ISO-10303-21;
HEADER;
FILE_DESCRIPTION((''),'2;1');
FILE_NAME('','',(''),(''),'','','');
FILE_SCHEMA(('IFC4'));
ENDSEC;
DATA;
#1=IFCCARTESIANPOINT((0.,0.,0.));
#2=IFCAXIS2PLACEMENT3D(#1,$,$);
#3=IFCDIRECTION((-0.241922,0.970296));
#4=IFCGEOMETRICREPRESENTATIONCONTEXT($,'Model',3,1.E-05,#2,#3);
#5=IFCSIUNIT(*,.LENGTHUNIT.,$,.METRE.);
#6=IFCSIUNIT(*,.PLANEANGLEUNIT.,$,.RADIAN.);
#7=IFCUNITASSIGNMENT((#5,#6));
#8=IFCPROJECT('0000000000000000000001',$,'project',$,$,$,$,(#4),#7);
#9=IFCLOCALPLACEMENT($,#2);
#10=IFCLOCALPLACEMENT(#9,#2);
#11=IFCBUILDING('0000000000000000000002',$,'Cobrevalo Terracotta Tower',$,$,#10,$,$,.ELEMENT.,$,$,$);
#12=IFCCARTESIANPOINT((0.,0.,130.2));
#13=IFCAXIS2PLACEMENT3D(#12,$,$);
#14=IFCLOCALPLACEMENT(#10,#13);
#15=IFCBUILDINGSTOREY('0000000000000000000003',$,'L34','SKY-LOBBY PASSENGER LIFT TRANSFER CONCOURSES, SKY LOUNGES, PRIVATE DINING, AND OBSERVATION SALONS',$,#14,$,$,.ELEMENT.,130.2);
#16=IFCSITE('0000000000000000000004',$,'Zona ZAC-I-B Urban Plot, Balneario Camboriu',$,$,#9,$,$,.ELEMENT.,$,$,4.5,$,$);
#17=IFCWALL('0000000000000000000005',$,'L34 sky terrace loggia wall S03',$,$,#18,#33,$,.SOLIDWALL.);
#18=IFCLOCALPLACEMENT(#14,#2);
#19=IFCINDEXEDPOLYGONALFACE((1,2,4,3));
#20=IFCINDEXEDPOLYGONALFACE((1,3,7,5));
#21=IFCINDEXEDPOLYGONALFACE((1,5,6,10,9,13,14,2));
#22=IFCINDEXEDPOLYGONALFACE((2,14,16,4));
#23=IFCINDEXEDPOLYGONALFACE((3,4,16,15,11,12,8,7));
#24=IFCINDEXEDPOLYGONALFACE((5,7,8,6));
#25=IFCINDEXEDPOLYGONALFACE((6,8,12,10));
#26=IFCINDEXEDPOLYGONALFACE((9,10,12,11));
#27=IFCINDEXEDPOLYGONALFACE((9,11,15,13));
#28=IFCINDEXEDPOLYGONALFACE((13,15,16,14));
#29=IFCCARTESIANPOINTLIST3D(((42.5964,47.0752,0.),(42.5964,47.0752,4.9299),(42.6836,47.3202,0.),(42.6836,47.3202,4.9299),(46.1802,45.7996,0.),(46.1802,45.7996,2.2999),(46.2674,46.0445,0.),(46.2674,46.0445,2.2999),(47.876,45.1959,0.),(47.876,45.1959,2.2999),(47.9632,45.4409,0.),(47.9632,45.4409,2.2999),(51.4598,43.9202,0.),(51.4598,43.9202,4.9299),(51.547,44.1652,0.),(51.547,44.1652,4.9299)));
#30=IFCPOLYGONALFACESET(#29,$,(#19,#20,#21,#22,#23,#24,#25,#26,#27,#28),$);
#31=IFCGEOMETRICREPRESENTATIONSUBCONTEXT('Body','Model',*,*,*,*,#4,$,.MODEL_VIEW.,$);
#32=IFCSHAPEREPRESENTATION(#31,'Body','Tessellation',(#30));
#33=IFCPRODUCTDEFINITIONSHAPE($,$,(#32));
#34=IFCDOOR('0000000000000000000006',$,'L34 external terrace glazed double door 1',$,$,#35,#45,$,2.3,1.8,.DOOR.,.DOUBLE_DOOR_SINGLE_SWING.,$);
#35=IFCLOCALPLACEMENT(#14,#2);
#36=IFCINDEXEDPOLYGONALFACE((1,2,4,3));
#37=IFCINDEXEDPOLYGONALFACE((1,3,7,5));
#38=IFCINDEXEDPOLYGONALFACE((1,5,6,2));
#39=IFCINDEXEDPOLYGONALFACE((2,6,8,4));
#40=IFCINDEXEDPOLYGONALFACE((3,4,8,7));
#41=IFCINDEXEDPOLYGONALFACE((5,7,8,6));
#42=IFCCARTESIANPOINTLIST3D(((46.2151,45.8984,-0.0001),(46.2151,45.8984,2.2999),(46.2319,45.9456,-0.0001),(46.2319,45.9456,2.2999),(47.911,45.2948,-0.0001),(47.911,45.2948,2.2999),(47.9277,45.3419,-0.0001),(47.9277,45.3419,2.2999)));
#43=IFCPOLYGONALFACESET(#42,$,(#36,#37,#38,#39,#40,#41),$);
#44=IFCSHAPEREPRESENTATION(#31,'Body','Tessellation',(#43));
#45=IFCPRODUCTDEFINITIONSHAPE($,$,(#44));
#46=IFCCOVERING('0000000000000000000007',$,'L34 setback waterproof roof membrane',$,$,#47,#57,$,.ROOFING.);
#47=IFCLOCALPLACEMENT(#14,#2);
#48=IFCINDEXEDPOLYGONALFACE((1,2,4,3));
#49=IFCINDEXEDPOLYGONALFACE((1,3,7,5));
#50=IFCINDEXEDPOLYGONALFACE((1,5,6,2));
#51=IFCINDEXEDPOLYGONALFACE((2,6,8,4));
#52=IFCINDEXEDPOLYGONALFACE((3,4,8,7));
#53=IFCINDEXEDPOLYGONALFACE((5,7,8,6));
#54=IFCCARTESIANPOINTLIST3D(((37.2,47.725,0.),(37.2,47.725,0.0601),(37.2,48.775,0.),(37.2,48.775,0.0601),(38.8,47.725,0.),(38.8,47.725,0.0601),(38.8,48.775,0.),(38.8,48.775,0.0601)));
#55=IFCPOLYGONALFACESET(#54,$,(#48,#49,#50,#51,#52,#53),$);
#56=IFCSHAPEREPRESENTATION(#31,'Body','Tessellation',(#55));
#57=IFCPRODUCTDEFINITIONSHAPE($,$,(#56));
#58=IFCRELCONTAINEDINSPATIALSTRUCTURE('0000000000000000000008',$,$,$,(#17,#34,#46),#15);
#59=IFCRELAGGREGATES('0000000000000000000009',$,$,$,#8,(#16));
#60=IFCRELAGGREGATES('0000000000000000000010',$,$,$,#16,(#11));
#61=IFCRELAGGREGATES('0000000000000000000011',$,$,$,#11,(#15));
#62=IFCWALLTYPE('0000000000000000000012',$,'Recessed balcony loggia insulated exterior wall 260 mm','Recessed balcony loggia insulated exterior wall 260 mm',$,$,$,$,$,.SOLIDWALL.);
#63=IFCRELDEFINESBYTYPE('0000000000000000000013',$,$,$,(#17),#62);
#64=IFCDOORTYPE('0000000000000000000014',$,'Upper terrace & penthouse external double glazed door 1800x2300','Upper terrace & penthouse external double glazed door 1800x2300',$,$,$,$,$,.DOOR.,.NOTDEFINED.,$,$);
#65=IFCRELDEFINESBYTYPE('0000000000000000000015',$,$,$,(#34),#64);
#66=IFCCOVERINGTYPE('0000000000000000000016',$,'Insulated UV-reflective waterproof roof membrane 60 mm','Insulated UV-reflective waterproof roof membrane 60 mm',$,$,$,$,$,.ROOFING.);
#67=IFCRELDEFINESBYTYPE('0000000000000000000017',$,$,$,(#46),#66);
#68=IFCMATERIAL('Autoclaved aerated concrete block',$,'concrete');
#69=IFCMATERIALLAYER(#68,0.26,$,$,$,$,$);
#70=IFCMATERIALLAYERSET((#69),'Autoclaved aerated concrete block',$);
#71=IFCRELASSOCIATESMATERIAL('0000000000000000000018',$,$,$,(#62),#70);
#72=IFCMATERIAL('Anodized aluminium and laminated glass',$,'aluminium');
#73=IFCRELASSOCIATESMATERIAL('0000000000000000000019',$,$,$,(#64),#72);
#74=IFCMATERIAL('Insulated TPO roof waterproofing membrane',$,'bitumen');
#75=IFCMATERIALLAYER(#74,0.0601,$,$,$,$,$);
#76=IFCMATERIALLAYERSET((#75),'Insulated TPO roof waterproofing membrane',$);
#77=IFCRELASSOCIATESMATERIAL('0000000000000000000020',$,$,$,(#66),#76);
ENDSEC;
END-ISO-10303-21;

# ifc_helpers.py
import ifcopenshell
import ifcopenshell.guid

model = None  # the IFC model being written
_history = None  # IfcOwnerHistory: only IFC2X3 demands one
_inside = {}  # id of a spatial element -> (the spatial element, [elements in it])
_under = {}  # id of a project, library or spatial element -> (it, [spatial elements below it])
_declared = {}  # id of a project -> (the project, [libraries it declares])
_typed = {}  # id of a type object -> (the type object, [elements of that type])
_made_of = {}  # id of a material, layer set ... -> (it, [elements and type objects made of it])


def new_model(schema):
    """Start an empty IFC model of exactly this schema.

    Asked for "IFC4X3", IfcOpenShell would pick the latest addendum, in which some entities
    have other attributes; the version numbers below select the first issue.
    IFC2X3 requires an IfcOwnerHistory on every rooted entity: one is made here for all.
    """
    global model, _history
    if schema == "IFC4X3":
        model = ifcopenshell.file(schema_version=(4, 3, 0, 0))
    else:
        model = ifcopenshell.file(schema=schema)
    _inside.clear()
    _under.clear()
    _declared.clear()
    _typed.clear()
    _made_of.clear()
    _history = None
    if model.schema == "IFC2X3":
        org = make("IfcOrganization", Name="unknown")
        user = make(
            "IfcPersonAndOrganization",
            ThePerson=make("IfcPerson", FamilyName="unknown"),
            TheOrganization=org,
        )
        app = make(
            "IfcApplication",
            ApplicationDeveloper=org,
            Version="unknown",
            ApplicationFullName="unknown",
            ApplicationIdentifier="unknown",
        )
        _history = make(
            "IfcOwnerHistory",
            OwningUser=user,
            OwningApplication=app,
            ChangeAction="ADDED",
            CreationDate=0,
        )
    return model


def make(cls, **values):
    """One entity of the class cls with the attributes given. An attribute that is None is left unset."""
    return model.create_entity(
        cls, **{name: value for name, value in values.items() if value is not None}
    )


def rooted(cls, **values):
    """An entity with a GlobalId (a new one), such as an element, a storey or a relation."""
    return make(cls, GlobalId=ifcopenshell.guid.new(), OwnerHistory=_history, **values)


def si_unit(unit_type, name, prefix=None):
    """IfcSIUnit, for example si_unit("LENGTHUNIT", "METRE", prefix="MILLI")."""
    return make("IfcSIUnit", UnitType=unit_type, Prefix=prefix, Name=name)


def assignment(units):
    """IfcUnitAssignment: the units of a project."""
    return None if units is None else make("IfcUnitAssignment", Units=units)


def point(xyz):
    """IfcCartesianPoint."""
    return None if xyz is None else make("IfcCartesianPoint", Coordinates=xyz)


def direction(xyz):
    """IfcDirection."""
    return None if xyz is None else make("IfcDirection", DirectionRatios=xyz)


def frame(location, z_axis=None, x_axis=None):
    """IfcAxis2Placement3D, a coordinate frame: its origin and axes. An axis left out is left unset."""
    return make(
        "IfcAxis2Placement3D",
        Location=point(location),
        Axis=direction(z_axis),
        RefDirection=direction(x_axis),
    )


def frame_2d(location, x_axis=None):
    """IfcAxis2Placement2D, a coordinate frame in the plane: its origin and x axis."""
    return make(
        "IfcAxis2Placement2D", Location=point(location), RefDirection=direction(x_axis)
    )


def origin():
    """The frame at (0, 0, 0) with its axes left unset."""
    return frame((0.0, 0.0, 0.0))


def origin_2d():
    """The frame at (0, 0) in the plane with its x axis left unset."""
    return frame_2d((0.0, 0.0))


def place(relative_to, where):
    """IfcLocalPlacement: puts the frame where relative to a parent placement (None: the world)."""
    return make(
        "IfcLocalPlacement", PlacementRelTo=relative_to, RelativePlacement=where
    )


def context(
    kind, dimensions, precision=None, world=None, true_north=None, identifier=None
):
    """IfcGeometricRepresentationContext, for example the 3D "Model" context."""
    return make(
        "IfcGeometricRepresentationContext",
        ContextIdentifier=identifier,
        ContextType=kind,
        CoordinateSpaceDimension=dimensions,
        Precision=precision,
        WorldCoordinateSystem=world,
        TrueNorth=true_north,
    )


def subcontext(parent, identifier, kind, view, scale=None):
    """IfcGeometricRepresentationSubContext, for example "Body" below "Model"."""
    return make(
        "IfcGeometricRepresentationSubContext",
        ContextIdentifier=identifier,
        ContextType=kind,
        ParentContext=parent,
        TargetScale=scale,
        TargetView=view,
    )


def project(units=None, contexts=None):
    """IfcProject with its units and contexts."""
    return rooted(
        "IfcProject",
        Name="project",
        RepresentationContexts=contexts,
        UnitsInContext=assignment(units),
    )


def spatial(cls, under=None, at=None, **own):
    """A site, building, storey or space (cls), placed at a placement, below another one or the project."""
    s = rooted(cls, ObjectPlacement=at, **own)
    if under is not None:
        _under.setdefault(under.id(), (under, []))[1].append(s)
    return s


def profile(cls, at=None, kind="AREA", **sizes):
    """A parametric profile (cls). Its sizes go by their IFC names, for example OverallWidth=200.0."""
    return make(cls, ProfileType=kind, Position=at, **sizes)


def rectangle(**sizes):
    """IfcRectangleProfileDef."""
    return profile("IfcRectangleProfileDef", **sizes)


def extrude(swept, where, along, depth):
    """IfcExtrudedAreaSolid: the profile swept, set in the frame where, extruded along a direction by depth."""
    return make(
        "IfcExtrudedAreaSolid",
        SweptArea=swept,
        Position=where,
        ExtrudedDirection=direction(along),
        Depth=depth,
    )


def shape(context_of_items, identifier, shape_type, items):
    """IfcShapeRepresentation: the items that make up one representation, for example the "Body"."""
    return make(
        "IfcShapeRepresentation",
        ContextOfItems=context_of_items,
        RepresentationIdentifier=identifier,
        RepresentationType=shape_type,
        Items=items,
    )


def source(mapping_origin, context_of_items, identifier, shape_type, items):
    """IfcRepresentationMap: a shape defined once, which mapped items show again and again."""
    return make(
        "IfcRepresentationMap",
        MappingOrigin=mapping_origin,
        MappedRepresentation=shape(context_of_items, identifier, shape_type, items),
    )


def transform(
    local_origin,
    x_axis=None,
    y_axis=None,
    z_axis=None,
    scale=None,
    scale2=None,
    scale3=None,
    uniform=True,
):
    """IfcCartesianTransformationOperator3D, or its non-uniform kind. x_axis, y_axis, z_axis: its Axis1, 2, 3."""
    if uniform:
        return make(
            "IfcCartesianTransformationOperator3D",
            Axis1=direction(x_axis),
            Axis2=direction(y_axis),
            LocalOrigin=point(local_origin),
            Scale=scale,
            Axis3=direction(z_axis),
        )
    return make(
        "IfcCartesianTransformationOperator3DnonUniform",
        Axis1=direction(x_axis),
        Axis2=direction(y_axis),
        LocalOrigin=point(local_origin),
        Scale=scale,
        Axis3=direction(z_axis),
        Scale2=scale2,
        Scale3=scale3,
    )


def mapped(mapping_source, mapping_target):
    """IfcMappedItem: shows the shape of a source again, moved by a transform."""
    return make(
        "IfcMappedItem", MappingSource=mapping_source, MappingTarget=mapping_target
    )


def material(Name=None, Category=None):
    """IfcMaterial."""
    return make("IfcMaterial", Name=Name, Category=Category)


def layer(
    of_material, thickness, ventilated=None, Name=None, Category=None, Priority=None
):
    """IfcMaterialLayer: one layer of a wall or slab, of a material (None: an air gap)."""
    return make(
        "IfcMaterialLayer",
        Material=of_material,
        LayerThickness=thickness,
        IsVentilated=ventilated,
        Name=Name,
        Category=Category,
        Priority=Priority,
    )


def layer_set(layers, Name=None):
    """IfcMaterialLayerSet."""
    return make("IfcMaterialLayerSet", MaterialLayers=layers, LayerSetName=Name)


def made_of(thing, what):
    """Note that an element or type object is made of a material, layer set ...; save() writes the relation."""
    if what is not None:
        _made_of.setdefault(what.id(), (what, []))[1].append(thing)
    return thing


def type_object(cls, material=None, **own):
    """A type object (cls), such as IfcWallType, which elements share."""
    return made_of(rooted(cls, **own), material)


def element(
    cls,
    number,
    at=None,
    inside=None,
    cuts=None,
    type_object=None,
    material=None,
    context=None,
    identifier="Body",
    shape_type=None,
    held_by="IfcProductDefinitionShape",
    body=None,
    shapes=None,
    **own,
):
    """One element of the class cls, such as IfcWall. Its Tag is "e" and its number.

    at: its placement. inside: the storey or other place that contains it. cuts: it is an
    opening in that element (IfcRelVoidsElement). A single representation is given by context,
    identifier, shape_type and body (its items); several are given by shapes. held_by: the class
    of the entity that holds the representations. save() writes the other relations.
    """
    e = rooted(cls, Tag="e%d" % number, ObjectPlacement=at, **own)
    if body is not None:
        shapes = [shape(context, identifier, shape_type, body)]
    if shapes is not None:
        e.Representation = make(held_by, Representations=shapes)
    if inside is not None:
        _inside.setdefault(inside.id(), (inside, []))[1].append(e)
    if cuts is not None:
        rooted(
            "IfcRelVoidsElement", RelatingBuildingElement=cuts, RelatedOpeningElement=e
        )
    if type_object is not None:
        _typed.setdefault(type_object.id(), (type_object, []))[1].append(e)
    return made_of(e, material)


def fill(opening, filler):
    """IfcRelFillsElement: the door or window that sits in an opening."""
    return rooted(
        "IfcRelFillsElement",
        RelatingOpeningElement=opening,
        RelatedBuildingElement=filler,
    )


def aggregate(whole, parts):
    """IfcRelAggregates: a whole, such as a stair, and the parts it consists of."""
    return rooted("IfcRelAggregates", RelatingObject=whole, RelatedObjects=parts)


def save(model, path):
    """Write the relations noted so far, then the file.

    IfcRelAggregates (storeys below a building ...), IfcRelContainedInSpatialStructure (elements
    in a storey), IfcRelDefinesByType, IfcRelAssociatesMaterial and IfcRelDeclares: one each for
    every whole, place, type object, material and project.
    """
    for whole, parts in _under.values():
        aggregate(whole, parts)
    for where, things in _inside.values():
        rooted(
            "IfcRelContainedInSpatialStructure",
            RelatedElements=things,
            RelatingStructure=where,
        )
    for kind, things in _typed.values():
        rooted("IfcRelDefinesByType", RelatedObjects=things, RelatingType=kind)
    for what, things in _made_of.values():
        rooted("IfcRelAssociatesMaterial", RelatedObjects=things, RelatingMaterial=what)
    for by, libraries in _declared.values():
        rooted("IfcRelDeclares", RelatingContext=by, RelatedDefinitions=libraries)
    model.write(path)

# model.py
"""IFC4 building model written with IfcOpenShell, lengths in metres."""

from ifc_helpers import new_model, si_unit, direction, frame, frame_2d, origin, origin_2d, place, context, subcontext, project, spatial, rectangle, extrude, source, transform, mapped, material, layer, layer_set, type_object, element, fill, save


model = new_model("IFC4")

# Units and contexts
model_context = context("Model", 3, precision=1e-05, world=origin(), true_north=direction((-0.241922, 0.970296)))
body_context = subcontext(model_context, "Body", "Model", "MODEL_VIEW")
ifc_project = project(units=[si_unit("LENGTHUNIT", "METRE"), si_unit("PLANEANGLEUNIT", "RADIAN")], contexts=[model_context])

# Site, building, storey
site_placement = place(None, origin())
site = spatial("IfcSite", under=ifc_project, at=site_placement, Name="Zona ZAC-I-B Urban Plot, Balneario Camboriu", CompositionType="ELEMENT", RefElevation=4.5)
building_placement = place(site_placement, origin())
building = spatial("IfcBuilding", under=site, at=building_placement, Name="Cobrevalo Terracotta Tower", CompositionType="ELEMENT")
storey_placement = place(building_placement, frame((0.0, 0.0, 130.2)))
storey = spatial("IfcBuildingStorey", under=building, at=storey_placement, Name="L34", Description="SKY-LOBBY PASSENGER LIFT TRANSFER CONCOURSES, SKY LOUNGES, PRIVATE DINING, AND OBSERVATION SALONS", CompositionType="ELEMENT", Elevation=130.2)

# Wall, opening, door
ifc_material_1 = material(Name="Autoclaved aerated concrete block", Category="concrete")
ifc_layer_1 = layer(ifc_material_1, 0.26)
ifc_layer_set_1 = layer_set([ifc_layer_1], Name="Autoclaved aerated concrete block")
wall_type = type_object("IfcWallType", Name="Recessed balcony loggia insulated exterior wall 260 mm", Description="Recessed balcony loggia insulated exterior wall 260 mm", PredefinedType="SOLIDWALL", material=ifc_layer_set_1)
wall_placement = place(storey_placement, frame((51.5034, 44.0427, 0.0), z_axis=(0.0, 0.0, 1.0), x_axis=(-0.942095, 0.335345, 0.0)))
wall = element("IfcWall", 1, at=wall_placement, inside=storey, type_object=wall_type, Name="L34 sky terrace loggia wall S03", PredefinedType="SOLIDWALL", context=body_context, shape_type="SweptSolid", body=[
    extrude(rectangle(XDim=9.4082, YDim=0.26, at=frame_2d((4.7041, 0.0))), origin(), (0.0, 0.0, 1.0), 4.9299),
])
opening_placement = place(wall_placement, frame((3.8042, 0.0, 0.0)))
opening = element("IfcOpeningElement", 2, at=opening_placement, cuts=wall, PredefinedType="OPENING", context=body_context, shape_type="SweptSolid", body=[
    extrude(rectangle(XDim=1.8, YDim=2.3, at=frame_2d((0.8999, 1.1499))), frame((0.0, 0.1401, 0.0), z_axis=(0.0, -1.0, 0.0), x_axis=(1.0, 0.0, 0.0)), (0.0, 0.0, 1.0), 0.28),
])
ifc_material_2 = material(Name="Anodized aluminium and laminated glass", Category="aluminium")
door_type = type_object("IfcDoorType", Name="Upper terrace & penthouse external double glazed door 1800x2300", Description="Upper terrace & penthouse external double glazed door 1800x2300", OperationType="NOTDEFINED", PredefinedType="DOOR", material=ifc_material_2)
shared_shape_1 = source(origin(), body_context, "Body", "SweptSolid", [
    extrude(rectangle(XDim=1.8, YDim=2.3, at=frame_2d((0.8999, 1.1499))), frame((0.0, 0.0249, 0.0), z_axis=(0.0, -1.0, 0.0), x_axis=(1.0, 0.0, 0.0)), (0.0, 0.0, 1.0), 0.05),
])
door_placement = place(opening_placement, frame((1.8, 0.0, 0.0), z_axis=(0.0, 0.0, 1.0), x_axis=(-1.0, 0.0, 0.0)))
door = element("IfcDoor", 3, at=door_placement, inside=storey, type_object=door_type, Name="L34 external terrace glazed double door 1", OperationType="DOUBLE_DOOR_SINGLE_SWING", OverallHeight=2.3, OverallWidth=1.8, PredefinedType="DOOR", context=body_context, shape_type="MappedRepresentation", body=[
    mapped(shared_shape_1, transform((0.0, 0.0, 0.0), scale=1.0)),
])
fill(opening, door)

# Covering
ifc_material_3 = material(Name="Insulated TPO roof waterproofing membrane", Category="bitumen")
ifc_layer_2 = layer(ifc_material_3, 0.0601)
ifc_layer_set_2 = layer_set([ifc_layer_2], Name="Insulated TPO roof waterproofing membrane")
covering_type = type_object("IfcCoveringType", Name="Insulated UV-reflective waterproof roof membrane 60 mm", Description="Insulated UV-reflective waterproof roof membrane 60 mm", PredefinedType="ROOFING", material=ifc_layer_set_2)
shared_shape_2 = source(origin(), body_context, "Body", "SweptSolid", [
    extrude(rectangle(XDim=1.6001, YDim=1.05, at=origin_2d()), origin(), (0.0, 0.0, 1.0), 0.0601),
])
covering_placement = place(storey_placement, frame((38.0, 48.25, 0.0), z_axis=(0.0, 0.0, 1.0), x_axis=(1.0, 0.0, 0.0)))
element("IfcCovering", 4, at=covering_placement, inside=storey, type_object=covering_type, Name="L34 setback waterproof roof membrane", PredefinedType="ROOFING", context=body_context, shape_type="MappedRepresentation", body=[
    mapped(shared_shape_2, transform((0.0, 0.0, 0.0), scale=1.0)),
])

save(model, "model.ifc")
